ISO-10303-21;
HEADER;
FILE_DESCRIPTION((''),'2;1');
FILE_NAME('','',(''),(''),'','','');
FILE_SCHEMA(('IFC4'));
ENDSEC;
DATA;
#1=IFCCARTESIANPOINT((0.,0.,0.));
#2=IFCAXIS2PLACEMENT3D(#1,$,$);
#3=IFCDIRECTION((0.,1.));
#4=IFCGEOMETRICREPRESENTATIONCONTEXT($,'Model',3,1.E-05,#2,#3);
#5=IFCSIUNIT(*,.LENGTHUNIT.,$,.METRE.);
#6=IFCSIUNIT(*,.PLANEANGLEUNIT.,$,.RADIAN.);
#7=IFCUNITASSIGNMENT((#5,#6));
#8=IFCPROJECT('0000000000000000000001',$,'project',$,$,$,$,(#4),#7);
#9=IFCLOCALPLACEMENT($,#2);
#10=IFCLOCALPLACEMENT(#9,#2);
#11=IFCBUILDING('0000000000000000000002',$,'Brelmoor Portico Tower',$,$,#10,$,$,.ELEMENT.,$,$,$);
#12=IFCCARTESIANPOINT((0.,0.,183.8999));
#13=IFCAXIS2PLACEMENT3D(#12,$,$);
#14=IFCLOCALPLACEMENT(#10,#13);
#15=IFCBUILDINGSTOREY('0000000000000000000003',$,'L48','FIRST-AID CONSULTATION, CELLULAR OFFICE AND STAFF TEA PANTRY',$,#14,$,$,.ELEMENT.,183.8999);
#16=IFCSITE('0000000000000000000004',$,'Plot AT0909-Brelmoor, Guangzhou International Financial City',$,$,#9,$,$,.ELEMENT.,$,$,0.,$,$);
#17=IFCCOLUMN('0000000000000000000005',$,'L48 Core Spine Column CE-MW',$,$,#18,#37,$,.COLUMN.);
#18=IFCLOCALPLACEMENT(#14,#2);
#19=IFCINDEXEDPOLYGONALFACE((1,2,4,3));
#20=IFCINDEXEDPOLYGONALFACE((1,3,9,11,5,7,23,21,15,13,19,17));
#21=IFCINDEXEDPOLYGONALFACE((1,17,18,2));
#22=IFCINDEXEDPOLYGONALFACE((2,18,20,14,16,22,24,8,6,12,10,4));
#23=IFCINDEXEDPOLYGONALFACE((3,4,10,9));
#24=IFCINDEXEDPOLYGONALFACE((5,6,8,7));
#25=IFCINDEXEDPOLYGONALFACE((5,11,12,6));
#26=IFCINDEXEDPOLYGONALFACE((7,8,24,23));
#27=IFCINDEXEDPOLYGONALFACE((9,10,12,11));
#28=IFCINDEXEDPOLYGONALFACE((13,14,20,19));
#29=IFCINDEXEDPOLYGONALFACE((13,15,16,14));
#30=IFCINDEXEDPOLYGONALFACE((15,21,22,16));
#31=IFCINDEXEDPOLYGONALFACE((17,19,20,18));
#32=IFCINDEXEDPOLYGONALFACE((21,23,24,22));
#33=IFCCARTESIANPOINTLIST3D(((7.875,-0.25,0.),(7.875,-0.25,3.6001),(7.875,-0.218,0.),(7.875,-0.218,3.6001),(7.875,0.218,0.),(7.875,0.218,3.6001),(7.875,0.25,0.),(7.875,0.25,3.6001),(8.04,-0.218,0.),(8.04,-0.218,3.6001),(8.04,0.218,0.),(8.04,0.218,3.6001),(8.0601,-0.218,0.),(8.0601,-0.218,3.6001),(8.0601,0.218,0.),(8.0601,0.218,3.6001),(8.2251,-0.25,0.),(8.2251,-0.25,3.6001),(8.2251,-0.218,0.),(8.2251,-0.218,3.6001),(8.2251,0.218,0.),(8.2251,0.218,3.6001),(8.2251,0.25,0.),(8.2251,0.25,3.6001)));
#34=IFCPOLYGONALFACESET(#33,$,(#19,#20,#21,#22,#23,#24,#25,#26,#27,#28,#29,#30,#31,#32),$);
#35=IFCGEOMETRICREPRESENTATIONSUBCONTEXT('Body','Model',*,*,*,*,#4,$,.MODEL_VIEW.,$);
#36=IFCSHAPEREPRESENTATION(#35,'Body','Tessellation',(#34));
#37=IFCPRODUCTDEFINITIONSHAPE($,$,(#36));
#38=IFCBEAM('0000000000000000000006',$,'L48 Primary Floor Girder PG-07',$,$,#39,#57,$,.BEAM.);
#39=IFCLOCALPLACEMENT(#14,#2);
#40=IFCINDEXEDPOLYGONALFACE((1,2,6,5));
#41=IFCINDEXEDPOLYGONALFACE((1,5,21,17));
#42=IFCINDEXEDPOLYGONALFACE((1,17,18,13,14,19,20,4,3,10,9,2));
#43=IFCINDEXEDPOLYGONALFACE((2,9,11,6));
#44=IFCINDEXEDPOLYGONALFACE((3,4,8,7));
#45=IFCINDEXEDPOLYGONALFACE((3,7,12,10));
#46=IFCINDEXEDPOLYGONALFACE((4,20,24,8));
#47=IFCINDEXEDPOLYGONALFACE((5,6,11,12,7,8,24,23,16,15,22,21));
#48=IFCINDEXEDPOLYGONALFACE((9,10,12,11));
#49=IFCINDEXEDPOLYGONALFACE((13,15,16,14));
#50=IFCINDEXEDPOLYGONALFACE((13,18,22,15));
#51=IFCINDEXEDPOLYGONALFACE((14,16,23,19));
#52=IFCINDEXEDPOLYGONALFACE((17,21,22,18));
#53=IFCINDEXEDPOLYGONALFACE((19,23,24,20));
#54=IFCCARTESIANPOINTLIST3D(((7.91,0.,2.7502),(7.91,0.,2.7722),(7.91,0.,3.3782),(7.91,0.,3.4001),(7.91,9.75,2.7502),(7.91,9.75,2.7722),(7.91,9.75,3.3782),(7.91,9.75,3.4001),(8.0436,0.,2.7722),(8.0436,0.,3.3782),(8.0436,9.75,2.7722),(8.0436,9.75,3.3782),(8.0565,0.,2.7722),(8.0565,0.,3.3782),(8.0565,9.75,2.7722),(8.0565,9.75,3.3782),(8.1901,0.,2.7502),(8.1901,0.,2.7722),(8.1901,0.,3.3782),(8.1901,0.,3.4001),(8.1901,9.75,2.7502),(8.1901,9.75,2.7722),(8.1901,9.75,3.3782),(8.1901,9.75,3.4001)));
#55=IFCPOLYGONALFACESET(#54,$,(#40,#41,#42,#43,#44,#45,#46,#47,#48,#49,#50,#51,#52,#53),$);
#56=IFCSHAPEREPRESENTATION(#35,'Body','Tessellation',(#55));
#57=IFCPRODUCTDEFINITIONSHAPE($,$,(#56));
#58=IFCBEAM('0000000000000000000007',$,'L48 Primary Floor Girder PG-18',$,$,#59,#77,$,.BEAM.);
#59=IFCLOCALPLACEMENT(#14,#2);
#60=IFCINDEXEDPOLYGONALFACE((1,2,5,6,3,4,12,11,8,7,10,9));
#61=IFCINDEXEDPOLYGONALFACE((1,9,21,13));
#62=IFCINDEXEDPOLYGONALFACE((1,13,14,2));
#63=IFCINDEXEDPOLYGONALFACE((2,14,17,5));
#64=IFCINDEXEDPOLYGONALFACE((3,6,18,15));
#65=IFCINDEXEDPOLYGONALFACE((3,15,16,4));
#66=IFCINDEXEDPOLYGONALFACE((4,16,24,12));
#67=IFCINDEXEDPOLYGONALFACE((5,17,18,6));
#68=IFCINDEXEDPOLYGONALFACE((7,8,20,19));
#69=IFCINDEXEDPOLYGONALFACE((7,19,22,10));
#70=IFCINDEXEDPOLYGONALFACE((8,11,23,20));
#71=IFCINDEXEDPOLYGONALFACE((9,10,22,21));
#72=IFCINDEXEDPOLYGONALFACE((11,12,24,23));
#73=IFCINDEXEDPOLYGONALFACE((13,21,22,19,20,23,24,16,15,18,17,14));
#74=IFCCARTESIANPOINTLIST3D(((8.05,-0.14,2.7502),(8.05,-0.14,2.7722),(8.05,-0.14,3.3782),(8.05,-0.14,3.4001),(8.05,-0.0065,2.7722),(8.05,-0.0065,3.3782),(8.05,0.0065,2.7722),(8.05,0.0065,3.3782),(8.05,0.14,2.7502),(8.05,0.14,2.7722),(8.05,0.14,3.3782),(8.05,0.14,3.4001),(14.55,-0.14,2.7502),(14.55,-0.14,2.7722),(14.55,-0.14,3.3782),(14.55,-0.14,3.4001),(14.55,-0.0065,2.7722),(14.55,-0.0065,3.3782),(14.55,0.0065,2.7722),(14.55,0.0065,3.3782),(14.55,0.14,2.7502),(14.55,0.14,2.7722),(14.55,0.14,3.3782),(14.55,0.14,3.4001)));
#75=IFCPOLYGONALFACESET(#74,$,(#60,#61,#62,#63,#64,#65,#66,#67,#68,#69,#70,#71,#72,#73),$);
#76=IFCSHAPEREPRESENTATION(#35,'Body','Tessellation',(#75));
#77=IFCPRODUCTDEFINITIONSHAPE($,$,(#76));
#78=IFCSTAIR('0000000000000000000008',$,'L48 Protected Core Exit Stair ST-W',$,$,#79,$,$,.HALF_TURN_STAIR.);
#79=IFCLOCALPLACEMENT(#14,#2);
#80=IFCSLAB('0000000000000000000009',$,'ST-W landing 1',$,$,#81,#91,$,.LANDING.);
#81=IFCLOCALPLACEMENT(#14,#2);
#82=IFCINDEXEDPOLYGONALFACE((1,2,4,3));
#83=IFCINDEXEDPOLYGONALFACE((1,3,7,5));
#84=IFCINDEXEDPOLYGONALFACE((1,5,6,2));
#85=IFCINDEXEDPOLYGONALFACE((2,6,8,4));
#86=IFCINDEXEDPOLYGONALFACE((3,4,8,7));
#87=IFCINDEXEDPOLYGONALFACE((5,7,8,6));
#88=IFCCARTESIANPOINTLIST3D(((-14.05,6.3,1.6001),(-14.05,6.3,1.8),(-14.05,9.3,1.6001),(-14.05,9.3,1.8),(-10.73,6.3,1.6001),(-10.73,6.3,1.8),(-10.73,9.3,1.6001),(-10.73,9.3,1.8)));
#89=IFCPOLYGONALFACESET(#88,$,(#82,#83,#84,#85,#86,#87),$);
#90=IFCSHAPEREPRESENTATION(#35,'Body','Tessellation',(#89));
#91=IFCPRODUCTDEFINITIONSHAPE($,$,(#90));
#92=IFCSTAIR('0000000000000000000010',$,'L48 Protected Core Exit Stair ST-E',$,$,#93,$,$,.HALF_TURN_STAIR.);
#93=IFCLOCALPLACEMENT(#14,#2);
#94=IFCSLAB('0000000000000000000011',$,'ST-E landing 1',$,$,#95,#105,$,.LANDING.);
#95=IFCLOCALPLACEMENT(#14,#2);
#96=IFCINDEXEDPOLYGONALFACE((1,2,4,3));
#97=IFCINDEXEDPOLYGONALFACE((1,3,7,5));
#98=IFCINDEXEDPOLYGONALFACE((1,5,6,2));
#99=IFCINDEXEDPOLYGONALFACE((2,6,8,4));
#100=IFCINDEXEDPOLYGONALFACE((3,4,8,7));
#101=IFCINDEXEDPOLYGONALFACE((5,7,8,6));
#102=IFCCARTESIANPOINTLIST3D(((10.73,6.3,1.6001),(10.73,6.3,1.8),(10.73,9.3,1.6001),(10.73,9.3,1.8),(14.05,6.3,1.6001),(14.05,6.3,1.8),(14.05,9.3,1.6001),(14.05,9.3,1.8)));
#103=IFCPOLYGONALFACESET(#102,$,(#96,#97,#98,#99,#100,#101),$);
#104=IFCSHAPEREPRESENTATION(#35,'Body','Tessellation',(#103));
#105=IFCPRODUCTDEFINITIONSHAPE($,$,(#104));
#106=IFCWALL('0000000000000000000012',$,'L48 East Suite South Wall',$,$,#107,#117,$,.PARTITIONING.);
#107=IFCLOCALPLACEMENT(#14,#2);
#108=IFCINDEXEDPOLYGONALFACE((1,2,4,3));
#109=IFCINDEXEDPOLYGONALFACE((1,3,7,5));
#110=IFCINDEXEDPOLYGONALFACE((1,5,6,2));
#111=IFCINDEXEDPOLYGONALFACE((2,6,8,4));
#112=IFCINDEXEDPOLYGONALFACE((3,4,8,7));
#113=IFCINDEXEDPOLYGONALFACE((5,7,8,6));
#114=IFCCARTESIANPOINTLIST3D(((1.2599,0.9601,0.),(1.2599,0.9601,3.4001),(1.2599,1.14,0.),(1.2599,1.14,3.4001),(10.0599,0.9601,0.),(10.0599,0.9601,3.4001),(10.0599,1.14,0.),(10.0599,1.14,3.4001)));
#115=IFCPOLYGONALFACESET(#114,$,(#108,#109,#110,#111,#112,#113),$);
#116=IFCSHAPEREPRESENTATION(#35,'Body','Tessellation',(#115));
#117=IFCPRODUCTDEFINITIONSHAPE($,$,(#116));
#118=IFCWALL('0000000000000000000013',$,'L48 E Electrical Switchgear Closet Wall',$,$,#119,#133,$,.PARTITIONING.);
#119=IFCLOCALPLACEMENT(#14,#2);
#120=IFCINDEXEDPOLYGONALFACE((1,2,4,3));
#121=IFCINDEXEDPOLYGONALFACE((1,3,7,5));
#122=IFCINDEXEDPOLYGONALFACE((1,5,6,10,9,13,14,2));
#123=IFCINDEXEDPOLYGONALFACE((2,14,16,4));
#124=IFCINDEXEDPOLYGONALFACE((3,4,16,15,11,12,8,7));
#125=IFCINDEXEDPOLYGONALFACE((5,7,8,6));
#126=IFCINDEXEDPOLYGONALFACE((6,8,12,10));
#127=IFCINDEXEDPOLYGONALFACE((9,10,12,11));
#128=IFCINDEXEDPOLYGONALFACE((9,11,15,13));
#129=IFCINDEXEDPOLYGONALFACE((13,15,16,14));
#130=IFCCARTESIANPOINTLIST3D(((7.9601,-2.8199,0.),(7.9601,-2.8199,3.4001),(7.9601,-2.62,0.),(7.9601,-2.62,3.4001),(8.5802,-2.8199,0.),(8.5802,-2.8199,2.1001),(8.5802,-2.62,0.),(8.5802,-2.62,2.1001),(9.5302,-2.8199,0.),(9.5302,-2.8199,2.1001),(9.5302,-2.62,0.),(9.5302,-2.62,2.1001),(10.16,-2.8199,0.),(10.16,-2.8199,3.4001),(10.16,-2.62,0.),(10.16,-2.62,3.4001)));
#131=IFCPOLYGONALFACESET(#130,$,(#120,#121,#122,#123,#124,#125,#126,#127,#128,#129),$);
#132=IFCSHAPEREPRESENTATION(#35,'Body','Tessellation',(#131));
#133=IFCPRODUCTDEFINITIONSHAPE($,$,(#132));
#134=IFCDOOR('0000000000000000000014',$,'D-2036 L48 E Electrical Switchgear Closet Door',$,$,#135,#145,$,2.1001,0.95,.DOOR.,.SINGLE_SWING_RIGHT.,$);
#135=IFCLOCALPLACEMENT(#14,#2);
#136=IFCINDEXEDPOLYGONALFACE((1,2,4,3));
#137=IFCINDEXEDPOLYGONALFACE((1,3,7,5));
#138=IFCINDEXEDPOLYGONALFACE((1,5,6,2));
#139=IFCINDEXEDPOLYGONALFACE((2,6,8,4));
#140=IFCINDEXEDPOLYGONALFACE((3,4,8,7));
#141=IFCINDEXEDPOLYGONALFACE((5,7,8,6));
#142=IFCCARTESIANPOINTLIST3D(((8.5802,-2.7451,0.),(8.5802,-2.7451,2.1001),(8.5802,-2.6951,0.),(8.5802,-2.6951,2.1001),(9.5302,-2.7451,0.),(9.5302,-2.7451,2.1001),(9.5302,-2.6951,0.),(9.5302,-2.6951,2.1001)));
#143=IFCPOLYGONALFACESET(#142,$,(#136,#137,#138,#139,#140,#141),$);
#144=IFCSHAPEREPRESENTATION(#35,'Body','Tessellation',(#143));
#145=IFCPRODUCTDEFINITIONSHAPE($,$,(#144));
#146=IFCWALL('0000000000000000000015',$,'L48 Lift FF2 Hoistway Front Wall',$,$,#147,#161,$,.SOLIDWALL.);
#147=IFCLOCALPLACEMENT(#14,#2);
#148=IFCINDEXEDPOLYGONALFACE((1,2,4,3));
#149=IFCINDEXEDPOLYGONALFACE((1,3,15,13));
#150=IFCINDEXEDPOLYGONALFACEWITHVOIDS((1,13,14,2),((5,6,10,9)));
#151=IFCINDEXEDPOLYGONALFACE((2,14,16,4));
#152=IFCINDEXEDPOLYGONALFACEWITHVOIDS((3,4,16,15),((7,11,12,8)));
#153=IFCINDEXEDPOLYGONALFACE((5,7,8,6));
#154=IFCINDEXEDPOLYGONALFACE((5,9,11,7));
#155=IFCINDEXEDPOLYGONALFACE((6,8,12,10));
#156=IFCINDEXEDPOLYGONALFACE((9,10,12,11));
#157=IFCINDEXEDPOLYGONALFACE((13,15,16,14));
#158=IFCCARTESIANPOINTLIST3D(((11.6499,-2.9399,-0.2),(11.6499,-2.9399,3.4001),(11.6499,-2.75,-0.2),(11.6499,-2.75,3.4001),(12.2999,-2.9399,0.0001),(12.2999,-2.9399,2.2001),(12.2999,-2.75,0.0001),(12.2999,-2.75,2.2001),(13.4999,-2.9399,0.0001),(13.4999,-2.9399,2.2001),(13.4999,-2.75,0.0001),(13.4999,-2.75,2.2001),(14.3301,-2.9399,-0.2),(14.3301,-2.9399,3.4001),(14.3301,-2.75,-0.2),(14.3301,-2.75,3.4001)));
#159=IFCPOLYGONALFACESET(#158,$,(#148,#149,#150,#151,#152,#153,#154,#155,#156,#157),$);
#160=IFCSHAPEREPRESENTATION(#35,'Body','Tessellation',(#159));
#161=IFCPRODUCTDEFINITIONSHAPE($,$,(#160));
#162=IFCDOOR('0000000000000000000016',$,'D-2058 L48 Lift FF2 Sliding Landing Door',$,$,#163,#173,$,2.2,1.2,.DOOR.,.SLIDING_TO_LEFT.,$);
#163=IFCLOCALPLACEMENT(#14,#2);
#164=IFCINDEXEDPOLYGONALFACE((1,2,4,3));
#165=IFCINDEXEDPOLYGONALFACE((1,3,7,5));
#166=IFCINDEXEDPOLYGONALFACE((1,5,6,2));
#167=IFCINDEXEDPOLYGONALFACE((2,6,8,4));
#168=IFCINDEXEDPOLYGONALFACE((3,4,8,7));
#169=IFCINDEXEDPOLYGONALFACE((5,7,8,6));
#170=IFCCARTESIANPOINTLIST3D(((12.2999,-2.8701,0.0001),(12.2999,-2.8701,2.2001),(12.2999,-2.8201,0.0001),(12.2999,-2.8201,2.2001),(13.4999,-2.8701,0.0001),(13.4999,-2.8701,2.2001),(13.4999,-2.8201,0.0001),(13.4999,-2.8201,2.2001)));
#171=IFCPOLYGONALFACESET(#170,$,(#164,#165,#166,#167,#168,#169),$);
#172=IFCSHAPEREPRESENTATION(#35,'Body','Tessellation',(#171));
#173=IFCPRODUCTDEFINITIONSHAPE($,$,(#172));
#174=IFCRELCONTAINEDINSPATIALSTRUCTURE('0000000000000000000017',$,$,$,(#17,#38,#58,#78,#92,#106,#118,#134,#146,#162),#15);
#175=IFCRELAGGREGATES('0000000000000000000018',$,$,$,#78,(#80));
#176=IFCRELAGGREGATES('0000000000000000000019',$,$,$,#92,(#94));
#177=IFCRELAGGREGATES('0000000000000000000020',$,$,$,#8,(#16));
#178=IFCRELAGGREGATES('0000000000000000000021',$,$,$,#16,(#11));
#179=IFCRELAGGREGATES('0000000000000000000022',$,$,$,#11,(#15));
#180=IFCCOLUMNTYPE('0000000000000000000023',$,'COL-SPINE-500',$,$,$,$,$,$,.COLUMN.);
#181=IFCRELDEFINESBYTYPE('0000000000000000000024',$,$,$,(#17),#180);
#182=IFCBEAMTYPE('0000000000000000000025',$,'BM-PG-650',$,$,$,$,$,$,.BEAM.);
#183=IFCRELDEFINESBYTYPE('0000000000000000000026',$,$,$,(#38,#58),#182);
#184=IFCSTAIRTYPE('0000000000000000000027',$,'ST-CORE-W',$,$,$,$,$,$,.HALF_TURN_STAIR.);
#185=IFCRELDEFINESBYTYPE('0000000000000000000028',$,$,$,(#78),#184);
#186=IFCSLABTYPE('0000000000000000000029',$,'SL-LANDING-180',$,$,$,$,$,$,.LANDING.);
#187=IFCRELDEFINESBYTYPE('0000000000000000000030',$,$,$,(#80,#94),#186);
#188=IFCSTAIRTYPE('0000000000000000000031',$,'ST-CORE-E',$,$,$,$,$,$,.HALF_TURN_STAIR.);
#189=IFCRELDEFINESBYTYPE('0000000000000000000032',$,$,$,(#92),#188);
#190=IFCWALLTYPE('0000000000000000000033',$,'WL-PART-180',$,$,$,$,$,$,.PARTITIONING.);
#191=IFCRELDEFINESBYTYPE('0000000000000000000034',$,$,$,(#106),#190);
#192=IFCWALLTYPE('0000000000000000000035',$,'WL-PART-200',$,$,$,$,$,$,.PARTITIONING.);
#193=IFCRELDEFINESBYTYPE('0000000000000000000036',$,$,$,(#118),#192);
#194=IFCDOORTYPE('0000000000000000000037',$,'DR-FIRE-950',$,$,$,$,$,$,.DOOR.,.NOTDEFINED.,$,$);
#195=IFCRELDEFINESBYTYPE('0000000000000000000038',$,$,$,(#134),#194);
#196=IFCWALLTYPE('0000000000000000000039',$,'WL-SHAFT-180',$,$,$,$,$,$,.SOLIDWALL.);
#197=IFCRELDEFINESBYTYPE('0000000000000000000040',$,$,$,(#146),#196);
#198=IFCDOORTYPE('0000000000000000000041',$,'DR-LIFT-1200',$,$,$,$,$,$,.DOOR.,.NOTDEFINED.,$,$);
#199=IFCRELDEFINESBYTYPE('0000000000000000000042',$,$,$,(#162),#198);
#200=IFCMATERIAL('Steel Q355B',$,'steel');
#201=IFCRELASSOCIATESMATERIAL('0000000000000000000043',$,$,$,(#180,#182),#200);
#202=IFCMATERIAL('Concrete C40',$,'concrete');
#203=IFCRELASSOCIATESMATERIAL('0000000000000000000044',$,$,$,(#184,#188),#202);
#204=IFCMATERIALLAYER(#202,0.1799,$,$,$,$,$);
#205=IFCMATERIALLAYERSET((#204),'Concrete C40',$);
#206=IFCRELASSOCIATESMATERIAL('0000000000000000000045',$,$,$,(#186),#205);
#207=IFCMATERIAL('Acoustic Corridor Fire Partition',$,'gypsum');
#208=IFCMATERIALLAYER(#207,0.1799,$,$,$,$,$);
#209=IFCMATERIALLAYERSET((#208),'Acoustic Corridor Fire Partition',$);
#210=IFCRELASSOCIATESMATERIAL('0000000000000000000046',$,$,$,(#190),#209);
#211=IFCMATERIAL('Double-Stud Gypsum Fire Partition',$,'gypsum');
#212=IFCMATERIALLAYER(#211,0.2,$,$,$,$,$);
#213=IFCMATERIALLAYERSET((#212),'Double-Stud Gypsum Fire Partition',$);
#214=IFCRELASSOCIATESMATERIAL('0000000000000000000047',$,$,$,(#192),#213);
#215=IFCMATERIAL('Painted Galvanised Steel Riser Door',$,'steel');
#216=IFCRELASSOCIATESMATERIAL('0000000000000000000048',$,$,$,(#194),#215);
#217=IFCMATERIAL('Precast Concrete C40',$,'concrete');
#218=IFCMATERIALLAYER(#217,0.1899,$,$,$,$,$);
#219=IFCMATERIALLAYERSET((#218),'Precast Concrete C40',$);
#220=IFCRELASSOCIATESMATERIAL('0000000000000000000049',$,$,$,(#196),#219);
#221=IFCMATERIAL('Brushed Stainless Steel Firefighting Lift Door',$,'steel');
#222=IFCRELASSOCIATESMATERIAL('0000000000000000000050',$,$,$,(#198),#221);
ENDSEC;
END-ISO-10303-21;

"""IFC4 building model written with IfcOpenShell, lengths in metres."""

from ifc_helpers import new_model, si_unit, direction, frame, frame_2d, origin, origin_2d, place, context, subcontext, project, spatial, polyline, rectangle, i_section, outline, extrude, material, layer, layer_set, material_profile, profile_set, type_object, element, fill, aggregate, save


model = new_model("IFC4")

# Units and contexts
model_context = context("Model", 3, precision=1e-05, world=origin(), true_north=direction((0.0, 1.0)))
body_context = subcontext(model_context, "Body", "Model", "MODEL_VIEW")
ifc_project = project(units=[si_unit("LENGTHUNIT", "METRE"), si_unit("PLANEANGLEUNIT", "RADIAN")], contexts=[model_context])

# Site, building, storey
site_placement = place(None, origin())
site = spatial("IfcSite", under=ifc_project, at=site_placement, Name="Plot AT0909-Brelmoor, Guangzhou International Financial City", CompositionType="ELEMENT", RefElevation=0.0)
building_placement = place(site_placement, origin())
building = spatial("IfcBuilding", under=site, at=building_placement, Name="Brelmoor Portico Tower", CompositionType="ELEMENT")
storey_placement = place(building_placement, frame((0.0, 0.0, 183.8999)))
storey = spatial("IfcBuildingStorey", under=building, at=storey_placement, Name="L48", Description="FIRST-AID CONSULTATION, CELLULAR OFFICE AND STAFF TEA PANTRY", CompositionType="ELEMENT", Elevation=183.8999)

# Column
ifc_material_1 = material(Name="Steel Q355B", Category="steel")
ifc_material_profile_1 = material_profile(ifc_material_1, i_section(OverallWidth=0.3501, OverallDepth=0.5, WebThickness=0.02, FlangeThickness=0.032, at=origin_2d()), Name="HW 500x350x20x32")
ifc_profile_set_1 = profile_set([ifc_material_profile_1], Name="Steel Q355B")
column_type = type_object("IfcColumnType", Name="COL-SPINE-500", PredefinedType="COLUMN", material=ifc_profile_set_1)
column_placement = place(storey_placement, frame((8.05, 0.0, 0.0), z_axis=(0.0, 0.0, 1.0), x_axis=(1.0, 0.0, 0.0)))
element("IfcColumn", 1, at=column_placement, inside=storey, type_object=column_type, Name="L48 Core Spine Column CE-MW", PredefinedType="COLUMN", context=body_context, shape_type="SweptSolid", body=[
    extrude(i_section(OverallWidth=0.3501, OverallDepth=0.5, WebThickness=0.02, FlangeThickness=0.032, at=origin_2d()), origin(), (0.0, 0.0, 1.0), 3.6001),
])

# Beams
ifc_material_profile_2 = material_profile(ifc_material_1, i_section(OverallWidth=0.28, OverallDepth=0.6499, WebThickness=0.0129, FlangeThickness=0.022, at=origin_2d()), Name="HN 650x280x13x22")
ifc_profile_set_2 = profile_set([ifc_material_profile_2], Name="Steel Q355B")
beam_type = type_object("IfcBeamType", Name="BM-PG-650", PredefinedType="BEAM", material=ifc_profile_set_2)
beam_1_placement = place(storey_placement, frame((8.05, 0.0, 3.0752), z_axis=(0.0, 1.0, 0.0), x_axis=(-1.0, 0.0, 0.0)))
element("IfcBeam", 2, at=beam_1_placement, inside=storey, type_object=beam_type, Name="L48 Primary Floor Girder PG-07", PredefinedType="BEAM", context=body_context, shape_type="SweptSolid", body=[
    extrude(i_section(OverallWidth=0.28, OverallDepth=0.6499, WebThickness=0.0129, FlangeThickness=0.022, at=origin_2d()), origin(), (0.0, 0.0, 1.0), 9.75),
])
beam_2_placement = place(storey_placement, frame((8.05, 0.0, 3.0752), z_axis=(1.0, 0.0, 0.0), x_axis=(0.0, 1.0, 0.0)))
element("IfcBeam", 3, at=beam_2_placement, inside=storey, type_object=beam_type, Name="L48 Primary Floor Girder PG-18", PredefinedType="BEAM", context=body_context, shape_type="SweptSolid", body=[
    extrude(i_section(OverallWidth=0.28, OverallDepth=0.6499, WebThickness=0.0129, FlangeThickness=0.022, at=origin_2d()), origin(), (0.0, 0.0, 1.0), 6.5),
])

# Stairs, slabs
ifc_material_2 = material(Name="Concrete C40", Category="concrete")
stair_type_1 = type_object("IfcStairType", Name="ST-CORE-W", PredefinedType="HALF_TURN_STAIR", material=ifc_material_2)
stair_1_placement = place(storey_placement, origin())
stair_1 = element("IfcStair", 4, at=stair_1_placement, inside=storey, type_object=stair_type_1, Name="L48 Protected Core Exit Stair ST-W", PredefinedType="HALF_TURN_STAIR")
ifc_layer_1 = layer(ifc_material_2, 0.1799)
ifc_layer_set_1 = layer_set([ifc_layer_1], Name="Concrete C40")
slab_type = type_object("IfcSlabType", Name="SL-LANDING-180", PredefinedType="LANDING", material=ifc_layer_set_1)
slab_1_placement = place(storey_placement, frame((0.0, 0.0, 1.6001)))
slab_1 = element("IfcSlab", 5, at=slab_1_placement, type_object=slab_type, Name="ST-W landing 1", PredefinedType="LANDING", context=body_context, shape_type="SweptSolid", body=[
    extrude(outline(polyline([(-10.73, 6.3), (-10.73, 9.3), (-14.05, 9.3), (-14.05, 6.3), (-10.73, 6.3)])), origin(), (0.0, 0.0, 1.0), 0.2),
])
aggregate(stair_1, [slab_1])
stair_type_2 = type_object("IfcStairType", Name="ST-CORE-E", PredefinedType="HALF_TURN_STAIR", material=ifc_material_2)
stair_2_placement = place(storey_placement, origin())
stair_2 = element("IfcStair", 6, at=stair_2_placement, inside=storey, type_object=stair_type_2, Name="L48 Protected Core Exit Stair ST-E", PredefinedType="HALF_TURN_STAIR")
slab_2_placement = place(storey_placement, frame((0.0, 0.0, 1.6001)))
slab_2 = element("IfcSlab", 7, at=slab_2_placement, type_object=slab_type, Name="ST-E landing 1", PredefinedType="LANDING", context=body_context, shape_type="SweptSolid", body=[
    extrude(outline(polyline([(14.05, 6.3), (14.05, 9.3), (10.73, 9.3), (10.73, 6.3), (14.05, 6.3)])), origin(), (0.0, 0.0, 1.0), 0.2),
])

# Wall
ifc_material_3 = material(Name="Acoustic Corridor Fire Partition", Category="gypsum")
ifc_layer_2 = layer(ifc_material_3, 0.1799)
ifc_layer_set_2 = layer_set([ifc_layer_2], Name="Acoustic Corridor Fire Partition")
wall_type_1 = type_object("IfcWallType", Name="WL-PART-180", PredefinedType="PARTITIONING", material=ifc_layer_set_2)
wall_1_placement = place(storey_placement, frame((1.26, 1.05, 0.0), z_axis=(0.0, 0.0, 1.0), x_axis=(1.0, 0.0, 0.0)))
element("IfcWall", 8, at=wall_1_placement, inside=storey, type_object=wall_type_1, Name="L48 East Suite South Wall", PredefinedType="PARTITIONING", context=body_context, shape_type="SweptSolid", body=[
    extrude(rectangle(XDim=8.8, YDim=0.1799, at=frame_2d((4.3999, 0.0))), origin(), (0.0, 0.0, 1.0), 3.4001),
])

# Walls, openings, doors
ifc_material_4 = material(Name="Double-Stud Gypsum Fire Partition", Category="gypsum")
ifc_layer_3 = layer(ifc_material_4, 0.2)
ifc_layer_set_3 = layer_set([ifc_layer_3], Name="Double-Stud Gypsum Fire Partition")
wall_type_2 = type_object("IfcWallType", Name="WL-PART-200", PredefinedType="PARTITIONING", material=ifc_layer_set_3)
wall_2_placement = place(storey_placement, frame((7.96, -2.72, 0.0), z_axis=(0.0, 0.0, 1.0), x_axis=(1.0, 0.0, 0.0)))
wall_2 = element("IfcWall", 9, at=wall_2_placement, inside=storey, type_object=wall_type_2, Name="L48 E Electrical Switchgear Closet Wall", PredefinedType="PARTITIONING", context=body_context, shape_type="SweptSolid", body=[
    extrude(rectangle(XDim=2.2, YDim=0.2, at=frame_2d((1.1001, 0.0))), origin(), (0.0, 0.0, 1.0), 3.4001),
])
opening_1_placement = place(wall_2_placement, frame((0.6201, 0.0, 0.0)))
opening_1 = element("IfcOpeningElement", 10, at=opening_1_placement, cuts=wall_2, PredefinedType="OPENING", context=body_context, shape_type="SweptSolid", body=[
    extrude(rectangle(XDim=0.95, YDim=2.1001, at=frame_2d((0.4751, 1.05))), frame((0.0, 0.1099, 0.0), z_axis=(0.0, -1.0, 0.0), x_axis=(1.0, 0.0, 0.0)), (0.0, 0.0, 1.0), 0.22),
])
ifc_material_5 = material(Name="Painted Galvanised Steel Riser Door", Category="steel")
door_type_1 = type_object("IfcDoorType", Name="DR-FIRE-950", OperationType="NOTDEFINED", PredefinedType="DOOR", material=ifc_material_5)
door_1_placement = place(opening_1_placement, origin())
door_1 = element("IfcDoor", 11, at=door_1_placement, inside=storey, type_object=door_type_1, Name="D-2036 L48 E Electrical Switchgear Closet Door", OperationType="SINGLE_SWING_RIGHT", OverallHeight=2.1001, OverallWidth=0.95, PredefinedType="DOOR", context=body_context, shape_type="SweptSolid", body=[
    extrude(rectangle(XDim=0.95, YDim=2.1001, at=frame_2d((0.4751, 1.05))), frame((0.0, 0.0249, 0.0), z_axis=(0.0, -1.0, 0.0), x_axis=(1.0, 0.0, 0.0)), (0.0, 0.0, 1.0), 0.05),
])
fill(opening_1, door_1)
ifc_material_6 = material(Name="Precast Concrete C40", Category="concrete")
ifc_layer_4 = layer(ifc_material_6, 0.1899)
ifc_layer_set_4 = layer_set([ifc_layer_4], Name="Precast Concrete C40")
wall_type_3 = type_object("IfcWallType", Name="WL-SHAFT-180", PredefinedType="SOLIDWALL", material=ifc_layer_set_4)
wall_3_placement = place(storey_placement, frame((11.6499, -2.845, -0.2), z_axis=(0.0, 0.0, 1.0), x_axis=(1.0, 0.0, 0.0)))
wall_3 = element("IfcWall", 12, at=wall_3_placement, inside=storey, type_object=wall_type_3, Name="L48 Lift FF2 Hoistway Front Wall", PredefinedType="SOLIDWALL", context=body_context, shape_type="SweptSolid", body=[
    extrude(rectangle(XDim=2.6802, YDim=0.1899, at=frame_2d((1.3401, 0.0))), origin(), (0.0, 0.0, 1.0), 3.6001),
])
opening_2_placement = place(wall_3_placement, frame((0.6499, 0.0, 0.2)))
opening_2 = element("IfcOpeningElement", 13, at=opening_2_placement, cuts=wall_3, PredefinedType="OPENING", context=body_context, shape_type="SweptSolid", body=[
    extrude(rectangle(XDim=1.2, YDim=2.2, at=frame_2d((0.6001, 1.1001))), frame((0.0, 0.105, 0.0), z_axis=(0.0, -1.0, 0.0), x_axis=(1.0, 0.0, 0.0)), (0.0, 0.0, 1.0), 0.21),
])
ifc_material_7 = material(Name="Brushed Stainless Steel Firefighting Lift Door", Category="steel")
door_type_2 = type_object("IfcDoorType", Name="DR-LIFT-1200", OperationType="NOTDEFINED", PredefinedType="DOOR", material=ifc_material_7)
door_2_placement = place(opening_2_placement, origin())
door_2 = element("IfcDoor", 14, at=door_2_placement, inside=storey, type_object=door_type_2, Name="D-2058 L48 Lift FF2 Sliding Landing Door", OperationType="SLIDING_TO_LEFT", OverallHeight=2.2, OverallWidth=1.2, PredefinedType="DOOR", context=body_context, shape_type="SweptSolid", body=[
    extrude(rectangle(XDim=1.2, YDim=2.2, at=frame_2d((0.6001, 1.1001))), frame((0.0, 0.0249, 0.0), z_axis=(0.0, -1.0, 0.0), x_axis=(1.0, 0.0, 0.0)), (0.0, 0.0, 1.0), 0.05),
])
fill(opening_2, door_2)

aggregate(stair_2, [slab_2])

save(model, "model.ifc")
